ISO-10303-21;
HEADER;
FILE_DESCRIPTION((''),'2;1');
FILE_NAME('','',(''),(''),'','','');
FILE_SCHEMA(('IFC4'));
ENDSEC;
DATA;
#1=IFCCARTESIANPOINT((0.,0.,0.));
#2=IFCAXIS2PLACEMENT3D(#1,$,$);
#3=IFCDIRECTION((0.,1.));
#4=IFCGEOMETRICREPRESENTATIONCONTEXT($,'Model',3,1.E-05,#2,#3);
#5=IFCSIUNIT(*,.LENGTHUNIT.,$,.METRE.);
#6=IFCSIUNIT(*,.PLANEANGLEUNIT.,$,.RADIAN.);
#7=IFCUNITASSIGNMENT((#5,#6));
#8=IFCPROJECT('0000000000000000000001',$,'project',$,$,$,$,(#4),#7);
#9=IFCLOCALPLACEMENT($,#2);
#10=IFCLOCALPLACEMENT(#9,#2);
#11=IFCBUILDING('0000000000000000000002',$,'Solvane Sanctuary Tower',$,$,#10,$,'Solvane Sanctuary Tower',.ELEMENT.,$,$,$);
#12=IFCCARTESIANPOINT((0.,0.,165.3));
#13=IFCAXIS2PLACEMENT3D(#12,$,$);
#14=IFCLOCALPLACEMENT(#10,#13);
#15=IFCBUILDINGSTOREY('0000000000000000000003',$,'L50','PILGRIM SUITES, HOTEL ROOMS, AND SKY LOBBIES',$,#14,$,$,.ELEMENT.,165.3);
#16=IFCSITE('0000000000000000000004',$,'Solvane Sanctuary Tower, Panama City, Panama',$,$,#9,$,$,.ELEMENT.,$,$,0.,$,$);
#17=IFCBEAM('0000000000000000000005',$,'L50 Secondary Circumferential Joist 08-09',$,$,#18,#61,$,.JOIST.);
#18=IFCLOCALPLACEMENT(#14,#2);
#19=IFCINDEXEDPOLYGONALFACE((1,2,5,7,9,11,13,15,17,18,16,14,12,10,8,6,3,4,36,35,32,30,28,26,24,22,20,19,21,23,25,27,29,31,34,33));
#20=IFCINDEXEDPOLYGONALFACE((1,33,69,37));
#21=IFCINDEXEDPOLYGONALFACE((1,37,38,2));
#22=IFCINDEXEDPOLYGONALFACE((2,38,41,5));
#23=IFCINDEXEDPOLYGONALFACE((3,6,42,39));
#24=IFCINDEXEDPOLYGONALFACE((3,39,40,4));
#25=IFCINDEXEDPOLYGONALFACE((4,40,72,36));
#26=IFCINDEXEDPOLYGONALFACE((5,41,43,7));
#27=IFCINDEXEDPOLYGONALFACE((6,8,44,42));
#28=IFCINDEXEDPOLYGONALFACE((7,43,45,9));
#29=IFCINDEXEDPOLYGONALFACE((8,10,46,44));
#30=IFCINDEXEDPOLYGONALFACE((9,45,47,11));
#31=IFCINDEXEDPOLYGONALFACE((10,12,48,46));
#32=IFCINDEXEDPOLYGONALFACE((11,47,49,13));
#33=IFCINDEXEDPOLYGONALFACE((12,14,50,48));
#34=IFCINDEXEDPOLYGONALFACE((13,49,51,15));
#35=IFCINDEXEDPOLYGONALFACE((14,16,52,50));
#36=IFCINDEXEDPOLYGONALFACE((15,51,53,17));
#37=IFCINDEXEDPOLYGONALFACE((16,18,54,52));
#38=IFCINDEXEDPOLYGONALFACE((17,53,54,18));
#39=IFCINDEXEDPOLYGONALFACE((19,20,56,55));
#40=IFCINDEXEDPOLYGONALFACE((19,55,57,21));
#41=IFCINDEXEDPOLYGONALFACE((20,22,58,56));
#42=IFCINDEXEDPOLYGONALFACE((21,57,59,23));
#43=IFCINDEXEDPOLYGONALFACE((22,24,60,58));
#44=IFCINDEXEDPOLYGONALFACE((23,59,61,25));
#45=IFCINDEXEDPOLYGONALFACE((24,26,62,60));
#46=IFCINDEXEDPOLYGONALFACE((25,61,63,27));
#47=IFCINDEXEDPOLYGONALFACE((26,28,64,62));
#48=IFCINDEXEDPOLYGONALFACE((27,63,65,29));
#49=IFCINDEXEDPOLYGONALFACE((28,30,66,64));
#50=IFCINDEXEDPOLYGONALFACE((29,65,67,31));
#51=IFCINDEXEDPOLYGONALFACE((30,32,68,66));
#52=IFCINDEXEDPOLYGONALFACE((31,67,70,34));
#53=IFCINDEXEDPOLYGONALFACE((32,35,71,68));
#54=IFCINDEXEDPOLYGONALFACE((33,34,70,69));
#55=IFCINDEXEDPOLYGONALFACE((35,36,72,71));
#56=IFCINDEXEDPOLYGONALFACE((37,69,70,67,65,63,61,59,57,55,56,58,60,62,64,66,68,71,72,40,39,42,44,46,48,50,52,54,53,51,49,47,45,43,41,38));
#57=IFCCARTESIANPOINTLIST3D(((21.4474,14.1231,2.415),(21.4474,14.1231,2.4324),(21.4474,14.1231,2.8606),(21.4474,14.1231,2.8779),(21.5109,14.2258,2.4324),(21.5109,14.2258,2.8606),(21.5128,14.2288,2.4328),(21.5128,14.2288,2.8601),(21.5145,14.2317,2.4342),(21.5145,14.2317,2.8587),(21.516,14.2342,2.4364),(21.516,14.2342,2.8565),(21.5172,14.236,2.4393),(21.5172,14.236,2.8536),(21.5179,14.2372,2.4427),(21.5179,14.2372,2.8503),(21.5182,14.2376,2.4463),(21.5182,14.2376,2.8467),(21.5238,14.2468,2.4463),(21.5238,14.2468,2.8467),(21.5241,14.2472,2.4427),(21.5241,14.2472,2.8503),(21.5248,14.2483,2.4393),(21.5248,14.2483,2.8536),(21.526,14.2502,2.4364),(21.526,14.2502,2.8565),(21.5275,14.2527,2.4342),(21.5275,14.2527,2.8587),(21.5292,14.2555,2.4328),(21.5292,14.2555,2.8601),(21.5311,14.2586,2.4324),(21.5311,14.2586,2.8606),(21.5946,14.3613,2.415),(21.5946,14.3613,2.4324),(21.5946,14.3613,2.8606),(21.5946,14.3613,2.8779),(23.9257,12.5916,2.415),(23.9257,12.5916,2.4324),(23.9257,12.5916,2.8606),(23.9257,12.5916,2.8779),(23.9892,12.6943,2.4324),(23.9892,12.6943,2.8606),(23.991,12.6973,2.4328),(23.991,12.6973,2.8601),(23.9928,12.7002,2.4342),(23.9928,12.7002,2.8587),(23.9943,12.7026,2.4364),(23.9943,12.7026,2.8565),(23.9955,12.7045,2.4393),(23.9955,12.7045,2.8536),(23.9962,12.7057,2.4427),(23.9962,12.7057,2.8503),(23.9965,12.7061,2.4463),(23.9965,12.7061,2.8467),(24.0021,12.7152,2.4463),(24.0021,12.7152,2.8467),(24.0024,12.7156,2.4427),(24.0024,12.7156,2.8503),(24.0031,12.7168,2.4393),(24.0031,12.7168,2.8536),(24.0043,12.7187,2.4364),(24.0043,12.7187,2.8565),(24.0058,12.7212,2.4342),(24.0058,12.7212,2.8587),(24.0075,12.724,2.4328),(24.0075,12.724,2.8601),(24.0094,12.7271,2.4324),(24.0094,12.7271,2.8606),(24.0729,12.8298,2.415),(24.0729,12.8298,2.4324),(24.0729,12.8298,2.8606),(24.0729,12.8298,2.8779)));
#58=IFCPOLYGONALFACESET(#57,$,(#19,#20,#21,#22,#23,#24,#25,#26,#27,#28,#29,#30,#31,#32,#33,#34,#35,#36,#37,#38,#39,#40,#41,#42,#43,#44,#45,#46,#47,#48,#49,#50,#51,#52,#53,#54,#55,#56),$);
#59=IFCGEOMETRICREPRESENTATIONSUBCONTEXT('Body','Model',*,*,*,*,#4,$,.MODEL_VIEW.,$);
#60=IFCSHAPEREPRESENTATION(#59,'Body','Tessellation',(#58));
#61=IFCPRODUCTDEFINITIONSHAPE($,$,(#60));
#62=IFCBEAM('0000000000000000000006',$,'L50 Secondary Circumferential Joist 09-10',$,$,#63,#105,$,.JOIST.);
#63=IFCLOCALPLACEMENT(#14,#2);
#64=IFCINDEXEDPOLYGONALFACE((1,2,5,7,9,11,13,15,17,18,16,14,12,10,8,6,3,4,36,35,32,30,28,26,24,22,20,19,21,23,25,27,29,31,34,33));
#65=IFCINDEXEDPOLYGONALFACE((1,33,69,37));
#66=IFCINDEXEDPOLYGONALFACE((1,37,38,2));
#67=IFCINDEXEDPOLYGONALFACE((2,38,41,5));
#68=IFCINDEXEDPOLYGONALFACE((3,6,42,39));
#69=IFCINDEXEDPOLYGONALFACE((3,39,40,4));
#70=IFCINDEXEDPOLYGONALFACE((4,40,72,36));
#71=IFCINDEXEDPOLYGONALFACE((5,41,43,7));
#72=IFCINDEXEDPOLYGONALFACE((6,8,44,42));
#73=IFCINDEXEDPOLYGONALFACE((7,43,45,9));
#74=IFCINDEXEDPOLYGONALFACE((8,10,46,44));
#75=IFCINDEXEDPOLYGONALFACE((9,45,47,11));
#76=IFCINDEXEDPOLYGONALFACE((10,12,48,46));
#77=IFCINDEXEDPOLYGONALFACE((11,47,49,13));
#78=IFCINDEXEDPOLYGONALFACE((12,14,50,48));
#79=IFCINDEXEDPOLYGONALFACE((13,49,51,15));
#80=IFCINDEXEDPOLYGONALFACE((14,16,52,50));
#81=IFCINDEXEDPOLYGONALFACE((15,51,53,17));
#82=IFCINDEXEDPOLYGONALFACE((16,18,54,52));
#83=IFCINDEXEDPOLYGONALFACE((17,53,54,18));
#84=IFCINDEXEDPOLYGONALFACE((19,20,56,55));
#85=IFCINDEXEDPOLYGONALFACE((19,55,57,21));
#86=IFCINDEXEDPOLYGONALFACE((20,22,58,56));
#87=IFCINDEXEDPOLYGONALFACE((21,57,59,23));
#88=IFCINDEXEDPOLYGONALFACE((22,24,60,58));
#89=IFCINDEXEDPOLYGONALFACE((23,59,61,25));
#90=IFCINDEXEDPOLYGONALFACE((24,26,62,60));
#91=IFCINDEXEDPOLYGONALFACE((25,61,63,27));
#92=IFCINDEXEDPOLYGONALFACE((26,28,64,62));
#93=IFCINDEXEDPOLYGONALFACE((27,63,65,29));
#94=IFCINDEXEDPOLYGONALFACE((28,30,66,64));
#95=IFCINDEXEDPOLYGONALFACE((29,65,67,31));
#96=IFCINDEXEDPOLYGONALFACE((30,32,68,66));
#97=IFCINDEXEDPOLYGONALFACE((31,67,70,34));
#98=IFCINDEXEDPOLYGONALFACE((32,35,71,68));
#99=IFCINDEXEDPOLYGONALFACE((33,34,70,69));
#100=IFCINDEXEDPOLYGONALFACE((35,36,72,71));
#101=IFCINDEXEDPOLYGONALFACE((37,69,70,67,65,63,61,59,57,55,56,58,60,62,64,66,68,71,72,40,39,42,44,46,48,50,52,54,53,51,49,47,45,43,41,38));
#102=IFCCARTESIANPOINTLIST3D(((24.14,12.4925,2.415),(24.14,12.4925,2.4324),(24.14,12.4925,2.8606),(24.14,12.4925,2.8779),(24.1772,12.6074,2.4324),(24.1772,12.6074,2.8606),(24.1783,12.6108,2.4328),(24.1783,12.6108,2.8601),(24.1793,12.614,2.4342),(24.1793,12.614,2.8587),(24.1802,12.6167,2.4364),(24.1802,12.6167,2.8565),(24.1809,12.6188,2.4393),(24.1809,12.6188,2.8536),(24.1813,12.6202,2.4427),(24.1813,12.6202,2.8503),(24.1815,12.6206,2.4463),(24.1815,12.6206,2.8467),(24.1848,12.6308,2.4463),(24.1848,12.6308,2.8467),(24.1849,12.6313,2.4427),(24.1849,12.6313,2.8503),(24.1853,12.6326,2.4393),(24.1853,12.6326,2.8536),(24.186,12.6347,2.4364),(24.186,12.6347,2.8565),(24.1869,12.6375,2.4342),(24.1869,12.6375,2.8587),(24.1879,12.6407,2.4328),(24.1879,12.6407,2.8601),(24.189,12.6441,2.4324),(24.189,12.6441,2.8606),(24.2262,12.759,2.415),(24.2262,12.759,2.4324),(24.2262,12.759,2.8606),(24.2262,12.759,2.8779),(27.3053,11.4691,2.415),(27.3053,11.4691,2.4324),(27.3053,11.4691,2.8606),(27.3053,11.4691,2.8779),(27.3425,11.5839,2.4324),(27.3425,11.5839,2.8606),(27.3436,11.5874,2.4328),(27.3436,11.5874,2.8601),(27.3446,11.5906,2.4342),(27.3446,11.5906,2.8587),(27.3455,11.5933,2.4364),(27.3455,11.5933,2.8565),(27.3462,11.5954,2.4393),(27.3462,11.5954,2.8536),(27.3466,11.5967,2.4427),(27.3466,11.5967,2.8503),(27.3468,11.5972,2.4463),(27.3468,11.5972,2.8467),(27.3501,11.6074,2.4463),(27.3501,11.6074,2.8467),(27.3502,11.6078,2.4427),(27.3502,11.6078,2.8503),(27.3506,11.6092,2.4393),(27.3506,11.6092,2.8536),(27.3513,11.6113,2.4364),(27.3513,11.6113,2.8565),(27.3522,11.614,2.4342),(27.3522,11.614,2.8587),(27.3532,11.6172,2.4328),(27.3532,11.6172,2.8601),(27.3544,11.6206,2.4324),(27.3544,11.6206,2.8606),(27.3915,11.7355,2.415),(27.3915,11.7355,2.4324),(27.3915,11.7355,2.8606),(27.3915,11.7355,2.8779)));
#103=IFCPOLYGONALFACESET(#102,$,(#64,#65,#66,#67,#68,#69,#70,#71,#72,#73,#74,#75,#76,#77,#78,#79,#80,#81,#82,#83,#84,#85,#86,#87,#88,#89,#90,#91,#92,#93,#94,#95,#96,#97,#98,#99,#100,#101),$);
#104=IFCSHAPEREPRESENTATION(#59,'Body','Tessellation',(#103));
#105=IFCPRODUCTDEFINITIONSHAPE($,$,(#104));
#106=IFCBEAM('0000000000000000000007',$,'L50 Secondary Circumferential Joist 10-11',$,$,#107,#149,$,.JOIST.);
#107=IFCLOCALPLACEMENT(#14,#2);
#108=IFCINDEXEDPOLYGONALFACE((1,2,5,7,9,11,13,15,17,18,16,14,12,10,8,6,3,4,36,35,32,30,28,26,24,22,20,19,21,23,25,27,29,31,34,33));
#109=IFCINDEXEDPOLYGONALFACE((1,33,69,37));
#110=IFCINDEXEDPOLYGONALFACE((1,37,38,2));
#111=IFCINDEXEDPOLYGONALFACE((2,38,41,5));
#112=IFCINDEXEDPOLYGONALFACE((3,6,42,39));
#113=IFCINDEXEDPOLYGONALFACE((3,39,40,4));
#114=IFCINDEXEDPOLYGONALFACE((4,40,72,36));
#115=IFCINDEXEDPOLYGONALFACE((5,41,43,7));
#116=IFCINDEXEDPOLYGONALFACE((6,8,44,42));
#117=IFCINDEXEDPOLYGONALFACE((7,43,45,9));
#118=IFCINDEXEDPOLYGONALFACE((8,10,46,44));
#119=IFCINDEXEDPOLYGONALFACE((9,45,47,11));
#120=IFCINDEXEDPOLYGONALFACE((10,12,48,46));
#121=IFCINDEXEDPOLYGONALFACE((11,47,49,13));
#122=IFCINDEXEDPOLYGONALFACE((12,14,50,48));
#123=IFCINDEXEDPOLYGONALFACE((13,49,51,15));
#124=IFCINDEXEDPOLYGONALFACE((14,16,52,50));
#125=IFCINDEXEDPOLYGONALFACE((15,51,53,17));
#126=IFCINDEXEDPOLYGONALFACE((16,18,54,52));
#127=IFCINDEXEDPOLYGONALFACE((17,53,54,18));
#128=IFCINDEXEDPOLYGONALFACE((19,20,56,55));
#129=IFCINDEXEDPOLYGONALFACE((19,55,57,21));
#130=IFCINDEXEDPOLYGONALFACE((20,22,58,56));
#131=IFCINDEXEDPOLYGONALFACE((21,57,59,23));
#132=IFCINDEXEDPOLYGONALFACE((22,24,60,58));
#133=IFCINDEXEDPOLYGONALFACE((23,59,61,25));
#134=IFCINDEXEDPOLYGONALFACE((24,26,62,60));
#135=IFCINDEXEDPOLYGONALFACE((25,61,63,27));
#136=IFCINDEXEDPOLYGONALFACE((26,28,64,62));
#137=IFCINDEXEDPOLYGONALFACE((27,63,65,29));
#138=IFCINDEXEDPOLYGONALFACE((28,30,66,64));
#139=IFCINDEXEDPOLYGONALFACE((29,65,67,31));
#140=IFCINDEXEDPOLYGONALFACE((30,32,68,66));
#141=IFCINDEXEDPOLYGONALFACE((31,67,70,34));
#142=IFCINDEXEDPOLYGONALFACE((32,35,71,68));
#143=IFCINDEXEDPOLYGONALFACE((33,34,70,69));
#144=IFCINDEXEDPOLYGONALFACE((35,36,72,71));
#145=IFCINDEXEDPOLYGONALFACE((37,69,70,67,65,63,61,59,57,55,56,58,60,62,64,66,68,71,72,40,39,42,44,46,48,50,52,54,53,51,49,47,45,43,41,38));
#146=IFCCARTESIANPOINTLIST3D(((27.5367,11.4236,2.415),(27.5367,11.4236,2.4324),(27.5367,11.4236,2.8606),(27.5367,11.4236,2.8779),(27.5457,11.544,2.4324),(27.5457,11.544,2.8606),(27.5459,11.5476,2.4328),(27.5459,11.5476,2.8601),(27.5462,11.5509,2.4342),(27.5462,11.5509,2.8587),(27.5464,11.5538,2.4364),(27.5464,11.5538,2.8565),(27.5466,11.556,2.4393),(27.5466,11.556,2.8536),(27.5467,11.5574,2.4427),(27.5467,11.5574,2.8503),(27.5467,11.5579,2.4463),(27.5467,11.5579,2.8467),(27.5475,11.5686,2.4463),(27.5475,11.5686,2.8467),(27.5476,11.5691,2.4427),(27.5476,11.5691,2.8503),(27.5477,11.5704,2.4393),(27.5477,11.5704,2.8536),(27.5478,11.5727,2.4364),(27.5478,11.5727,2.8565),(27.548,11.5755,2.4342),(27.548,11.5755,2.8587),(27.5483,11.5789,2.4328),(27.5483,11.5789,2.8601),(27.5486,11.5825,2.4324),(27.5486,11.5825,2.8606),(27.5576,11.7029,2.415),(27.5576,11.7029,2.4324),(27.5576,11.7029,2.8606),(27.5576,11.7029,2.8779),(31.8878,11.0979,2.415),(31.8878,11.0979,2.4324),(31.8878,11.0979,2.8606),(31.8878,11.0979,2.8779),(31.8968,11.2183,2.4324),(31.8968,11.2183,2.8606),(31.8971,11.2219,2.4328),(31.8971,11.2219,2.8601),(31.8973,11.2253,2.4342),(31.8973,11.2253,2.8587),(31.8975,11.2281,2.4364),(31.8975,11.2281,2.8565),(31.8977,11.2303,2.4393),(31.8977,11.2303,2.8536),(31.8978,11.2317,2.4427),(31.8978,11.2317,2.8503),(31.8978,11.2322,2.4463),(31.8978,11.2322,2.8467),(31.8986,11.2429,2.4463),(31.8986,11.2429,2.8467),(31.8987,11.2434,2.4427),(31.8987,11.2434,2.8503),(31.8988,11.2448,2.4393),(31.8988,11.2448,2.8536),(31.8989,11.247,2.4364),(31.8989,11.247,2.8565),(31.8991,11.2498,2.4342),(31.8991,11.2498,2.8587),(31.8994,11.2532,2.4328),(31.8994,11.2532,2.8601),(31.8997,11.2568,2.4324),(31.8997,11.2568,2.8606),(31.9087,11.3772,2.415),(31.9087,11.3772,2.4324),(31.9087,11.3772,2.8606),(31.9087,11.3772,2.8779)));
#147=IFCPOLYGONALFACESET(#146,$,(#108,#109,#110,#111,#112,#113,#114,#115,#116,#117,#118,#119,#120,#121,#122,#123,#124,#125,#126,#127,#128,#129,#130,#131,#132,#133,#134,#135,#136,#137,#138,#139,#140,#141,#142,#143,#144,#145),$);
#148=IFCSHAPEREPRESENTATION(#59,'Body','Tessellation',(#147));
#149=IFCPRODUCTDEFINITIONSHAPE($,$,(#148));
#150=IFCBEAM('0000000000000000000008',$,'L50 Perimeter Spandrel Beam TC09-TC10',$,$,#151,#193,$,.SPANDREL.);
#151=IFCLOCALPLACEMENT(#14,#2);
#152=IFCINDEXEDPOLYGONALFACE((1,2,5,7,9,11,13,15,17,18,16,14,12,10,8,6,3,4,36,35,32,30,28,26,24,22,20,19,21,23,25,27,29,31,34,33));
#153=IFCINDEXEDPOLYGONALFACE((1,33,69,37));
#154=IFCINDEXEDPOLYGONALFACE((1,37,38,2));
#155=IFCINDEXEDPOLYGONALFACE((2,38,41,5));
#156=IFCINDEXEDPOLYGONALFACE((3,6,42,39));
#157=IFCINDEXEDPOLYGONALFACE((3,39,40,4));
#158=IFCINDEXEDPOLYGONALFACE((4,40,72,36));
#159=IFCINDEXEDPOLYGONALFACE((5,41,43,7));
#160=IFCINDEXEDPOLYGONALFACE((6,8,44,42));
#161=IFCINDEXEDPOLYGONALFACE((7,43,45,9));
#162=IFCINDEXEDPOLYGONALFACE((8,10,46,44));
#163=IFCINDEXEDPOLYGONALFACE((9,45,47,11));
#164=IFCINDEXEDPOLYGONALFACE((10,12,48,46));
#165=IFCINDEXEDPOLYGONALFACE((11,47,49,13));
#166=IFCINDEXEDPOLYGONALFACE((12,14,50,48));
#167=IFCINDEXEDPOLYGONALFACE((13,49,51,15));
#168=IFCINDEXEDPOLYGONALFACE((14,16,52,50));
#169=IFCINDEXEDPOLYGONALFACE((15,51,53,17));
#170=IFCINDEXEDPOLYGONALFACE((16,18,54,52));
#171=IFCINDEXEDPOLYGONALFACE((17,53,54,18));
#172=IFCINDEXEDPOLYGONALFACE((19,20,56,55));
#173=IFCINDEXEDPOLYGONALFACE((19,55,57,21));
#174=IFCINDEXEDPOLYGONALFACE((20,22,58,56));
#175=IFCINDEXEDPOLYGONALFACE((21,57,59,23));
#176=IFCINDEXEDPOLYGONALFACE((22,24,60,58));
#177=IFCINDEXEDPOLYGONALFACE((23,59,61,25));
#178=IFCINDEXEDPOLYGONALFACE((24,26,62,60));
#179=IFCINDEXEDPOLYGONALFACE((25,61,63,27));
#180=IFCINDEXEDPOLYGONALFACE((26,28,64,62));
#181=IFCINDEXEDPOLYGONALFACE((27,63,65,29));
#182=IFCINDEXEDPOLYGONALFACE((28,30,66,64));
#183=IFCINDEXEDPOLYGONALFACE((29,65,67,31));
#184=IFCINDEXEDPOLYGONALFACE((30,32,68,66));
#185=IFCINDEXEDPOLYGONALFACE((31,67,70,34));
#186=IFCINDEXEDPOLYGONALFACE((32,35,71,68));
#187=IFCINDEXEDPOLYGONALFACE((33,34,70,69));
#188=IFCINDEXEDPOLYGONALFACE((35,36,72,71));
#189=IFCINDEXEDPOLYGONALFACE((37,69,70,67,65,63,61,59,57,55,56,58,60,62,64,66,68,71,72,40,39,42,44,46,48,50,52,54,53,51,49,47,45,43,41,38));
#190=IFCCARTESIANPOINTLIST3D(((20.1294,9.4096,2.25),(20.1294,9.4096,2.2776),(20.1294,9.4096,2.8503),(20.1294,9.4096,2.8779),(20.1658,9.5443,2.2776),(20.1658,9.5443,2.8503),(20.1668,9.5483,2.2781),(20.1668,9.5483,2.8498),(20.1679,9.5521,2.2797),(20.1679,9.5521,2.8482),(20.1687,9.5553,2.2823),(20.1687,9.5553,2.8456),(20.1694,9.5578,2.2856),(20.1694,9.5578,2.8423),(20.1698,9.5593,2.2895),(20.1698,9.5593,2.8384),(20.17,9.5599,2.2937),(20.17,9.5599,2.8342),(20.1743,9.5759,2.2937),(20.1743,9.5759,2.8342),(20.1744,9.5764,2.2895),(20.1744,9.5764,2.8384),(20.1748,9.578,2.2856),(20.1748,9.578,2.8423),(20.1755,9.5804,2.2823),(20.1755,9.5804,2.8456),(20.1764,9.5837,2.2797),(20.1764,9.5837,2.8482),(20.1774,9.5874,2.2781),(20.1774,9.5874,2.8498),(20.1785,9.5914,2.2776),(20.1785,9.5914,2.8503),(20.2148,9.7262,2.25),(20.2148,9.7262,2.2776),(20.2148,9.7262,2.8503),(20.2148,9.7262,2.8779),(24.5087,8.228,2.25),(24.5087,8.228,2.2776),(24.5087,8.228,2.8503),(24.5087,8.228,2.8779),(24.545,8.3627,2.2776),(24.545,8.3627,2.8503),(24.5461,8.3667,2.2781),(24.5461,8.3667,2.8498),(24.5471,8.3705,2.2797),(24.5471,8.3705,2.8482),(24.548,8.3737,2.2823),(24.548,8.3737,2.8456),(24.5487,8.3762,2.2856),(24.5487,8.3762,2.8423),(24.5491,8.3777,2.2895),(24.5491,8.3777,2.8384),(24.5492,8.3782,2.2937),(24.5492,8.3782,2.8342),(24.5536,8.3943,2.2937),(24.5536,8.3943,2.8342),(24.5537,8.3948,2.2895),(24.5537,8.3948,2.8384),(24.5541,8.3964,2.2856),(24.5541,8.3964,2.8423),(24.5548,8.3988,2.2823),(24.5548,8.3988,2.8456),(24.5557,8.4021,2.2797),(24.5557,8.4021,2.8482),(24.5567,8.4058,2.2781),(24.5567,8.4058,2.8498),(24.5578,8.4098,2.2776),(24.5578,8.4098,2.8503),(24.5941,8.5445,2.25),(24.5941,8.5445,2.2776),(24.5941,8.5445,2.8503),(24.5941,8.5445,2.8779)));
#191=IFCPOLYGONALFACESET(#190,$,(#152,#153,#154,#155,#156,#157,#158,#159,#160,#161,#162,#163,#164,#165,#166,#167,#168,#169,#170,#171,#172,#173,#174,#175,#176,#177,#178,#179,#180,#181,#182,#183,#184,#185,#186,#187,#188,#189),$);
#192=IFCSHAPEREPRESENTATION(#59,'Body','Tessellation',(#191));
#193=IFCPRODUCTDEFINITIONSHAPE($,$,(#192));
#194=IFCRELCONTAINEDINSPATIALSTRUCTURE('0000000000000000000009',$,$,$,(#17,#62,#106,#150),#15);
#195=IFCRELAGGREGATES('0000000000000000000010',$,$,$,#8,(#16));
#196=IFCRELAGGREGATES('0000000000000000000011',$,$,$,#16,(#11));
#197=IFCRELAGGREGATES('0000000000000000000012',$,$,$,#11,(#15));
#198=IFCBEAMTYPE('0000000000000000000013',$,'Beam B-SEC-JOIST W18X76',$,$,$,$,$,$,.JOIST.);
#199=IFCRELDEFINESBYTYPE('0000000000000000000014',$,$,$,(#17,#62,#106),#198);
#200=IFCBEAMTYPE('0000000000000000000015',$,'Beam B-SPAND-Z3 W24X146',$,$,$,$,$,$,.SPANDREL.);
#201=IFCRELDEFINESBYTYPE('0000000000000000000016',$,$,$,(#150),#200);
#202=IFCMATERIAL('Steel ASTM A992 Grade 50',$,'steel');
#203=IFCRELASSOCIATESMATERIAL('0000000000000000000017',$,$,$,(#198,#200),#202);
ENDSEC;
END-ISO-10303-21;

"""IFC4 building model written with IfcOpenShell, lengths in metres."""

from ifc_helpers import new_model, si_unit, direction, frame, origin, origin_2d, place, context, subcontext, project, spatial, i_section, extrude, material, material_profile, profile_set, type_object, element, save


model = new_model("IFC4")

# Units and contexts
model_context = context("Model", 3, precision=1e-05, world=origin(), true_north=direction((0.0, 1.0)))
body_context = subcontext(model_context, "Body", "Model", "MODEL_VIEW")
ifc_project = project(units=[si_unit("LENGTHUNIT", "METRE"), si_unit("PLANEANGLEUNIT", "RADIAN")], contexts=[model_context])

# Site, building, storey
site_placement = place(None, origin())
site = spatial("IfcSite", under=ifc_project, at=site_placement, Name="Solvane Sanctuary Tower, Panama City, Panama", CompositionType="ELEMENT", RefElevation=0.0)
building_placement = place(site_placement, origin())
building = spatial("IfcBuilding", under=site, at=building_placement, Name="Solvane Sanctuary Tower", LongName="Solvane Sanctuary Tower", CompositionType="ELEMENT")
storey_placement = place(building_placement, frame((0.0, 0.0, 165.3)))
storey = spatial("IfcBuildingStorey", under=building, at=storey_placement, Name="L50", Description="PILGRIM SUITES, HOTEL ROOMS, AND SKY LOBBIES", CompositionType="ELEMENT", Elevation=165.3)

# Beams
ifc_material_1 = material(Name="Steel ASTM A992 Grade 50", Category="steel")
ifc_material_profile_1 = material_profile(ifc_material_1, i_section(OverallWidth=0.28, OverallDepth=0.4629, WebThickness=0.0107, FlangeThickness=0.0173, FilletRadius=0.0139, at=origin_2d()), Name="W18X76")
ifc_profile_set_1 = profile_set([ifc_material_profile_1], Name="Steel ASTM A992 Grade 50")
beam_type_1 = type_object("IfcBeamType", Name="Beam B-SEC-JOIST W18X76", PredefinedType="JOIST", material=ifc_profile_set_1)
beam_1_placement = place(storey_placement, frame((21.521, 14.2422, 2.6465), z_axis=(0.850676, -0.525691, 0.0), x_axis=(0.525691, 0.850676, 0.0)))
element("IfcBeam", 1, at=beam_1_placement, inside=storey, type_object=beam_type_1, Name="L50 Secondary Circumferential Joist 08-09", PredefinedType="JOIST", context=body_context, shape_type="SweptSolid", body=[
    extrude(i_section(OverallWidth=0.28, OverallDepth=0.4629, WebThickness=0.0107, FlangeThickness=0.0173, FilletRadius=0.0139, at=origin_2d()), origin(), (0.0, 0.0, 1.0), 2.9133),
])
beam_2_placement = place(storey_placement, frame((24.1831, 12.6257, 2.6465), z_axis=(0.9515, -0.30765, 0.0), x_axis=(0.30765, 0.9515, 0.0)))
element("IfcBeam", 2, at=beam_2_placement, inside=storey, type_object=beam_type_1, Name="L50 Secondary Circumferential Joist 09-10", PredefinedType="JOIST", context=body_context, shape_type="SweptSolid", body=[
    extrude(i_section(OverallWidth=0.28, OverallDepth=0.4629, WebThickness=0.0107, FlangeThickness=0.0173, FilletRadius=0.0139, at=origin_2d()), origin(), (0.0, 0.0, 1.0), 3.3267),
])
beam_3_placement = place(storey_placement, frame((27.5471, 11.5632, 2.6465), z_axis=(0.99721, -0.074642, 0.0), x_axis=(0.074642, 0.99721, 0.0)))
element("IfcBeam", 3, at=beam_3_placement, inside=storey, type_object=beam_type_1, Name="L50 Secondary Circumferential Joist 10-11", PredefinedType="JOIST", context=body_context, shape_type="SweptSolid", body=[
    extrude(i_section(OverallWidth=0.28, OverallDepth=0.4629, WebThickness=0.0107, FlangeThickness=0.0173, FilletRadius=0.0139, at=origin_2d()), origin(), (0.0, 0.0, 1.0), 4.3633),
])
ifc_material_profile_2 = material_profile(ifc_material_1, i_section(OverallWidth=0.3279, OverallDepth=0.6279, WebThickness=0.0166, FlangeThickness=0.0276, FilletRadius=0.0161, at=origin_2d()), Name="W24X146")
ifc_profile_set_2 = profile_set([ifc_material_profile_2], Name="Steel ASTM A992 Grade 50")
beam_type_2 = type_object("IfcBeamType", Name="Beam B-SPAND-Z3 W24X146", PredefinedType="SPANDREL", material=ifc_profile_set_2)
beam_4_placement = place(storey_placement, frame((20.1721, 9.5679, 2.564), z_axis=(0.965473, -0.260502, 0.0), x_axis=(0.260502, 0.965473, 0.0)))
element("IfcBeam", 4, at=beam_4_placement, inside=storey, type_object=beam_type_2, Name="L50 Perimeter Spandrel Beam TC09-TC10", PredefinedType="SPANDREL", context=body_context, shape_type="SweptSolid", body=[
    extrude(i_section(OverallWidth=0.3279, OverallDepth=0.6279, WebThickness=0.0166, FlangeThickness=0.0276, FilletRadius=0.0161, at=origin_2d()), origin(), (0.0, 0.0, 1.0), 4.5359),
])

save(model, "model.ifc")
